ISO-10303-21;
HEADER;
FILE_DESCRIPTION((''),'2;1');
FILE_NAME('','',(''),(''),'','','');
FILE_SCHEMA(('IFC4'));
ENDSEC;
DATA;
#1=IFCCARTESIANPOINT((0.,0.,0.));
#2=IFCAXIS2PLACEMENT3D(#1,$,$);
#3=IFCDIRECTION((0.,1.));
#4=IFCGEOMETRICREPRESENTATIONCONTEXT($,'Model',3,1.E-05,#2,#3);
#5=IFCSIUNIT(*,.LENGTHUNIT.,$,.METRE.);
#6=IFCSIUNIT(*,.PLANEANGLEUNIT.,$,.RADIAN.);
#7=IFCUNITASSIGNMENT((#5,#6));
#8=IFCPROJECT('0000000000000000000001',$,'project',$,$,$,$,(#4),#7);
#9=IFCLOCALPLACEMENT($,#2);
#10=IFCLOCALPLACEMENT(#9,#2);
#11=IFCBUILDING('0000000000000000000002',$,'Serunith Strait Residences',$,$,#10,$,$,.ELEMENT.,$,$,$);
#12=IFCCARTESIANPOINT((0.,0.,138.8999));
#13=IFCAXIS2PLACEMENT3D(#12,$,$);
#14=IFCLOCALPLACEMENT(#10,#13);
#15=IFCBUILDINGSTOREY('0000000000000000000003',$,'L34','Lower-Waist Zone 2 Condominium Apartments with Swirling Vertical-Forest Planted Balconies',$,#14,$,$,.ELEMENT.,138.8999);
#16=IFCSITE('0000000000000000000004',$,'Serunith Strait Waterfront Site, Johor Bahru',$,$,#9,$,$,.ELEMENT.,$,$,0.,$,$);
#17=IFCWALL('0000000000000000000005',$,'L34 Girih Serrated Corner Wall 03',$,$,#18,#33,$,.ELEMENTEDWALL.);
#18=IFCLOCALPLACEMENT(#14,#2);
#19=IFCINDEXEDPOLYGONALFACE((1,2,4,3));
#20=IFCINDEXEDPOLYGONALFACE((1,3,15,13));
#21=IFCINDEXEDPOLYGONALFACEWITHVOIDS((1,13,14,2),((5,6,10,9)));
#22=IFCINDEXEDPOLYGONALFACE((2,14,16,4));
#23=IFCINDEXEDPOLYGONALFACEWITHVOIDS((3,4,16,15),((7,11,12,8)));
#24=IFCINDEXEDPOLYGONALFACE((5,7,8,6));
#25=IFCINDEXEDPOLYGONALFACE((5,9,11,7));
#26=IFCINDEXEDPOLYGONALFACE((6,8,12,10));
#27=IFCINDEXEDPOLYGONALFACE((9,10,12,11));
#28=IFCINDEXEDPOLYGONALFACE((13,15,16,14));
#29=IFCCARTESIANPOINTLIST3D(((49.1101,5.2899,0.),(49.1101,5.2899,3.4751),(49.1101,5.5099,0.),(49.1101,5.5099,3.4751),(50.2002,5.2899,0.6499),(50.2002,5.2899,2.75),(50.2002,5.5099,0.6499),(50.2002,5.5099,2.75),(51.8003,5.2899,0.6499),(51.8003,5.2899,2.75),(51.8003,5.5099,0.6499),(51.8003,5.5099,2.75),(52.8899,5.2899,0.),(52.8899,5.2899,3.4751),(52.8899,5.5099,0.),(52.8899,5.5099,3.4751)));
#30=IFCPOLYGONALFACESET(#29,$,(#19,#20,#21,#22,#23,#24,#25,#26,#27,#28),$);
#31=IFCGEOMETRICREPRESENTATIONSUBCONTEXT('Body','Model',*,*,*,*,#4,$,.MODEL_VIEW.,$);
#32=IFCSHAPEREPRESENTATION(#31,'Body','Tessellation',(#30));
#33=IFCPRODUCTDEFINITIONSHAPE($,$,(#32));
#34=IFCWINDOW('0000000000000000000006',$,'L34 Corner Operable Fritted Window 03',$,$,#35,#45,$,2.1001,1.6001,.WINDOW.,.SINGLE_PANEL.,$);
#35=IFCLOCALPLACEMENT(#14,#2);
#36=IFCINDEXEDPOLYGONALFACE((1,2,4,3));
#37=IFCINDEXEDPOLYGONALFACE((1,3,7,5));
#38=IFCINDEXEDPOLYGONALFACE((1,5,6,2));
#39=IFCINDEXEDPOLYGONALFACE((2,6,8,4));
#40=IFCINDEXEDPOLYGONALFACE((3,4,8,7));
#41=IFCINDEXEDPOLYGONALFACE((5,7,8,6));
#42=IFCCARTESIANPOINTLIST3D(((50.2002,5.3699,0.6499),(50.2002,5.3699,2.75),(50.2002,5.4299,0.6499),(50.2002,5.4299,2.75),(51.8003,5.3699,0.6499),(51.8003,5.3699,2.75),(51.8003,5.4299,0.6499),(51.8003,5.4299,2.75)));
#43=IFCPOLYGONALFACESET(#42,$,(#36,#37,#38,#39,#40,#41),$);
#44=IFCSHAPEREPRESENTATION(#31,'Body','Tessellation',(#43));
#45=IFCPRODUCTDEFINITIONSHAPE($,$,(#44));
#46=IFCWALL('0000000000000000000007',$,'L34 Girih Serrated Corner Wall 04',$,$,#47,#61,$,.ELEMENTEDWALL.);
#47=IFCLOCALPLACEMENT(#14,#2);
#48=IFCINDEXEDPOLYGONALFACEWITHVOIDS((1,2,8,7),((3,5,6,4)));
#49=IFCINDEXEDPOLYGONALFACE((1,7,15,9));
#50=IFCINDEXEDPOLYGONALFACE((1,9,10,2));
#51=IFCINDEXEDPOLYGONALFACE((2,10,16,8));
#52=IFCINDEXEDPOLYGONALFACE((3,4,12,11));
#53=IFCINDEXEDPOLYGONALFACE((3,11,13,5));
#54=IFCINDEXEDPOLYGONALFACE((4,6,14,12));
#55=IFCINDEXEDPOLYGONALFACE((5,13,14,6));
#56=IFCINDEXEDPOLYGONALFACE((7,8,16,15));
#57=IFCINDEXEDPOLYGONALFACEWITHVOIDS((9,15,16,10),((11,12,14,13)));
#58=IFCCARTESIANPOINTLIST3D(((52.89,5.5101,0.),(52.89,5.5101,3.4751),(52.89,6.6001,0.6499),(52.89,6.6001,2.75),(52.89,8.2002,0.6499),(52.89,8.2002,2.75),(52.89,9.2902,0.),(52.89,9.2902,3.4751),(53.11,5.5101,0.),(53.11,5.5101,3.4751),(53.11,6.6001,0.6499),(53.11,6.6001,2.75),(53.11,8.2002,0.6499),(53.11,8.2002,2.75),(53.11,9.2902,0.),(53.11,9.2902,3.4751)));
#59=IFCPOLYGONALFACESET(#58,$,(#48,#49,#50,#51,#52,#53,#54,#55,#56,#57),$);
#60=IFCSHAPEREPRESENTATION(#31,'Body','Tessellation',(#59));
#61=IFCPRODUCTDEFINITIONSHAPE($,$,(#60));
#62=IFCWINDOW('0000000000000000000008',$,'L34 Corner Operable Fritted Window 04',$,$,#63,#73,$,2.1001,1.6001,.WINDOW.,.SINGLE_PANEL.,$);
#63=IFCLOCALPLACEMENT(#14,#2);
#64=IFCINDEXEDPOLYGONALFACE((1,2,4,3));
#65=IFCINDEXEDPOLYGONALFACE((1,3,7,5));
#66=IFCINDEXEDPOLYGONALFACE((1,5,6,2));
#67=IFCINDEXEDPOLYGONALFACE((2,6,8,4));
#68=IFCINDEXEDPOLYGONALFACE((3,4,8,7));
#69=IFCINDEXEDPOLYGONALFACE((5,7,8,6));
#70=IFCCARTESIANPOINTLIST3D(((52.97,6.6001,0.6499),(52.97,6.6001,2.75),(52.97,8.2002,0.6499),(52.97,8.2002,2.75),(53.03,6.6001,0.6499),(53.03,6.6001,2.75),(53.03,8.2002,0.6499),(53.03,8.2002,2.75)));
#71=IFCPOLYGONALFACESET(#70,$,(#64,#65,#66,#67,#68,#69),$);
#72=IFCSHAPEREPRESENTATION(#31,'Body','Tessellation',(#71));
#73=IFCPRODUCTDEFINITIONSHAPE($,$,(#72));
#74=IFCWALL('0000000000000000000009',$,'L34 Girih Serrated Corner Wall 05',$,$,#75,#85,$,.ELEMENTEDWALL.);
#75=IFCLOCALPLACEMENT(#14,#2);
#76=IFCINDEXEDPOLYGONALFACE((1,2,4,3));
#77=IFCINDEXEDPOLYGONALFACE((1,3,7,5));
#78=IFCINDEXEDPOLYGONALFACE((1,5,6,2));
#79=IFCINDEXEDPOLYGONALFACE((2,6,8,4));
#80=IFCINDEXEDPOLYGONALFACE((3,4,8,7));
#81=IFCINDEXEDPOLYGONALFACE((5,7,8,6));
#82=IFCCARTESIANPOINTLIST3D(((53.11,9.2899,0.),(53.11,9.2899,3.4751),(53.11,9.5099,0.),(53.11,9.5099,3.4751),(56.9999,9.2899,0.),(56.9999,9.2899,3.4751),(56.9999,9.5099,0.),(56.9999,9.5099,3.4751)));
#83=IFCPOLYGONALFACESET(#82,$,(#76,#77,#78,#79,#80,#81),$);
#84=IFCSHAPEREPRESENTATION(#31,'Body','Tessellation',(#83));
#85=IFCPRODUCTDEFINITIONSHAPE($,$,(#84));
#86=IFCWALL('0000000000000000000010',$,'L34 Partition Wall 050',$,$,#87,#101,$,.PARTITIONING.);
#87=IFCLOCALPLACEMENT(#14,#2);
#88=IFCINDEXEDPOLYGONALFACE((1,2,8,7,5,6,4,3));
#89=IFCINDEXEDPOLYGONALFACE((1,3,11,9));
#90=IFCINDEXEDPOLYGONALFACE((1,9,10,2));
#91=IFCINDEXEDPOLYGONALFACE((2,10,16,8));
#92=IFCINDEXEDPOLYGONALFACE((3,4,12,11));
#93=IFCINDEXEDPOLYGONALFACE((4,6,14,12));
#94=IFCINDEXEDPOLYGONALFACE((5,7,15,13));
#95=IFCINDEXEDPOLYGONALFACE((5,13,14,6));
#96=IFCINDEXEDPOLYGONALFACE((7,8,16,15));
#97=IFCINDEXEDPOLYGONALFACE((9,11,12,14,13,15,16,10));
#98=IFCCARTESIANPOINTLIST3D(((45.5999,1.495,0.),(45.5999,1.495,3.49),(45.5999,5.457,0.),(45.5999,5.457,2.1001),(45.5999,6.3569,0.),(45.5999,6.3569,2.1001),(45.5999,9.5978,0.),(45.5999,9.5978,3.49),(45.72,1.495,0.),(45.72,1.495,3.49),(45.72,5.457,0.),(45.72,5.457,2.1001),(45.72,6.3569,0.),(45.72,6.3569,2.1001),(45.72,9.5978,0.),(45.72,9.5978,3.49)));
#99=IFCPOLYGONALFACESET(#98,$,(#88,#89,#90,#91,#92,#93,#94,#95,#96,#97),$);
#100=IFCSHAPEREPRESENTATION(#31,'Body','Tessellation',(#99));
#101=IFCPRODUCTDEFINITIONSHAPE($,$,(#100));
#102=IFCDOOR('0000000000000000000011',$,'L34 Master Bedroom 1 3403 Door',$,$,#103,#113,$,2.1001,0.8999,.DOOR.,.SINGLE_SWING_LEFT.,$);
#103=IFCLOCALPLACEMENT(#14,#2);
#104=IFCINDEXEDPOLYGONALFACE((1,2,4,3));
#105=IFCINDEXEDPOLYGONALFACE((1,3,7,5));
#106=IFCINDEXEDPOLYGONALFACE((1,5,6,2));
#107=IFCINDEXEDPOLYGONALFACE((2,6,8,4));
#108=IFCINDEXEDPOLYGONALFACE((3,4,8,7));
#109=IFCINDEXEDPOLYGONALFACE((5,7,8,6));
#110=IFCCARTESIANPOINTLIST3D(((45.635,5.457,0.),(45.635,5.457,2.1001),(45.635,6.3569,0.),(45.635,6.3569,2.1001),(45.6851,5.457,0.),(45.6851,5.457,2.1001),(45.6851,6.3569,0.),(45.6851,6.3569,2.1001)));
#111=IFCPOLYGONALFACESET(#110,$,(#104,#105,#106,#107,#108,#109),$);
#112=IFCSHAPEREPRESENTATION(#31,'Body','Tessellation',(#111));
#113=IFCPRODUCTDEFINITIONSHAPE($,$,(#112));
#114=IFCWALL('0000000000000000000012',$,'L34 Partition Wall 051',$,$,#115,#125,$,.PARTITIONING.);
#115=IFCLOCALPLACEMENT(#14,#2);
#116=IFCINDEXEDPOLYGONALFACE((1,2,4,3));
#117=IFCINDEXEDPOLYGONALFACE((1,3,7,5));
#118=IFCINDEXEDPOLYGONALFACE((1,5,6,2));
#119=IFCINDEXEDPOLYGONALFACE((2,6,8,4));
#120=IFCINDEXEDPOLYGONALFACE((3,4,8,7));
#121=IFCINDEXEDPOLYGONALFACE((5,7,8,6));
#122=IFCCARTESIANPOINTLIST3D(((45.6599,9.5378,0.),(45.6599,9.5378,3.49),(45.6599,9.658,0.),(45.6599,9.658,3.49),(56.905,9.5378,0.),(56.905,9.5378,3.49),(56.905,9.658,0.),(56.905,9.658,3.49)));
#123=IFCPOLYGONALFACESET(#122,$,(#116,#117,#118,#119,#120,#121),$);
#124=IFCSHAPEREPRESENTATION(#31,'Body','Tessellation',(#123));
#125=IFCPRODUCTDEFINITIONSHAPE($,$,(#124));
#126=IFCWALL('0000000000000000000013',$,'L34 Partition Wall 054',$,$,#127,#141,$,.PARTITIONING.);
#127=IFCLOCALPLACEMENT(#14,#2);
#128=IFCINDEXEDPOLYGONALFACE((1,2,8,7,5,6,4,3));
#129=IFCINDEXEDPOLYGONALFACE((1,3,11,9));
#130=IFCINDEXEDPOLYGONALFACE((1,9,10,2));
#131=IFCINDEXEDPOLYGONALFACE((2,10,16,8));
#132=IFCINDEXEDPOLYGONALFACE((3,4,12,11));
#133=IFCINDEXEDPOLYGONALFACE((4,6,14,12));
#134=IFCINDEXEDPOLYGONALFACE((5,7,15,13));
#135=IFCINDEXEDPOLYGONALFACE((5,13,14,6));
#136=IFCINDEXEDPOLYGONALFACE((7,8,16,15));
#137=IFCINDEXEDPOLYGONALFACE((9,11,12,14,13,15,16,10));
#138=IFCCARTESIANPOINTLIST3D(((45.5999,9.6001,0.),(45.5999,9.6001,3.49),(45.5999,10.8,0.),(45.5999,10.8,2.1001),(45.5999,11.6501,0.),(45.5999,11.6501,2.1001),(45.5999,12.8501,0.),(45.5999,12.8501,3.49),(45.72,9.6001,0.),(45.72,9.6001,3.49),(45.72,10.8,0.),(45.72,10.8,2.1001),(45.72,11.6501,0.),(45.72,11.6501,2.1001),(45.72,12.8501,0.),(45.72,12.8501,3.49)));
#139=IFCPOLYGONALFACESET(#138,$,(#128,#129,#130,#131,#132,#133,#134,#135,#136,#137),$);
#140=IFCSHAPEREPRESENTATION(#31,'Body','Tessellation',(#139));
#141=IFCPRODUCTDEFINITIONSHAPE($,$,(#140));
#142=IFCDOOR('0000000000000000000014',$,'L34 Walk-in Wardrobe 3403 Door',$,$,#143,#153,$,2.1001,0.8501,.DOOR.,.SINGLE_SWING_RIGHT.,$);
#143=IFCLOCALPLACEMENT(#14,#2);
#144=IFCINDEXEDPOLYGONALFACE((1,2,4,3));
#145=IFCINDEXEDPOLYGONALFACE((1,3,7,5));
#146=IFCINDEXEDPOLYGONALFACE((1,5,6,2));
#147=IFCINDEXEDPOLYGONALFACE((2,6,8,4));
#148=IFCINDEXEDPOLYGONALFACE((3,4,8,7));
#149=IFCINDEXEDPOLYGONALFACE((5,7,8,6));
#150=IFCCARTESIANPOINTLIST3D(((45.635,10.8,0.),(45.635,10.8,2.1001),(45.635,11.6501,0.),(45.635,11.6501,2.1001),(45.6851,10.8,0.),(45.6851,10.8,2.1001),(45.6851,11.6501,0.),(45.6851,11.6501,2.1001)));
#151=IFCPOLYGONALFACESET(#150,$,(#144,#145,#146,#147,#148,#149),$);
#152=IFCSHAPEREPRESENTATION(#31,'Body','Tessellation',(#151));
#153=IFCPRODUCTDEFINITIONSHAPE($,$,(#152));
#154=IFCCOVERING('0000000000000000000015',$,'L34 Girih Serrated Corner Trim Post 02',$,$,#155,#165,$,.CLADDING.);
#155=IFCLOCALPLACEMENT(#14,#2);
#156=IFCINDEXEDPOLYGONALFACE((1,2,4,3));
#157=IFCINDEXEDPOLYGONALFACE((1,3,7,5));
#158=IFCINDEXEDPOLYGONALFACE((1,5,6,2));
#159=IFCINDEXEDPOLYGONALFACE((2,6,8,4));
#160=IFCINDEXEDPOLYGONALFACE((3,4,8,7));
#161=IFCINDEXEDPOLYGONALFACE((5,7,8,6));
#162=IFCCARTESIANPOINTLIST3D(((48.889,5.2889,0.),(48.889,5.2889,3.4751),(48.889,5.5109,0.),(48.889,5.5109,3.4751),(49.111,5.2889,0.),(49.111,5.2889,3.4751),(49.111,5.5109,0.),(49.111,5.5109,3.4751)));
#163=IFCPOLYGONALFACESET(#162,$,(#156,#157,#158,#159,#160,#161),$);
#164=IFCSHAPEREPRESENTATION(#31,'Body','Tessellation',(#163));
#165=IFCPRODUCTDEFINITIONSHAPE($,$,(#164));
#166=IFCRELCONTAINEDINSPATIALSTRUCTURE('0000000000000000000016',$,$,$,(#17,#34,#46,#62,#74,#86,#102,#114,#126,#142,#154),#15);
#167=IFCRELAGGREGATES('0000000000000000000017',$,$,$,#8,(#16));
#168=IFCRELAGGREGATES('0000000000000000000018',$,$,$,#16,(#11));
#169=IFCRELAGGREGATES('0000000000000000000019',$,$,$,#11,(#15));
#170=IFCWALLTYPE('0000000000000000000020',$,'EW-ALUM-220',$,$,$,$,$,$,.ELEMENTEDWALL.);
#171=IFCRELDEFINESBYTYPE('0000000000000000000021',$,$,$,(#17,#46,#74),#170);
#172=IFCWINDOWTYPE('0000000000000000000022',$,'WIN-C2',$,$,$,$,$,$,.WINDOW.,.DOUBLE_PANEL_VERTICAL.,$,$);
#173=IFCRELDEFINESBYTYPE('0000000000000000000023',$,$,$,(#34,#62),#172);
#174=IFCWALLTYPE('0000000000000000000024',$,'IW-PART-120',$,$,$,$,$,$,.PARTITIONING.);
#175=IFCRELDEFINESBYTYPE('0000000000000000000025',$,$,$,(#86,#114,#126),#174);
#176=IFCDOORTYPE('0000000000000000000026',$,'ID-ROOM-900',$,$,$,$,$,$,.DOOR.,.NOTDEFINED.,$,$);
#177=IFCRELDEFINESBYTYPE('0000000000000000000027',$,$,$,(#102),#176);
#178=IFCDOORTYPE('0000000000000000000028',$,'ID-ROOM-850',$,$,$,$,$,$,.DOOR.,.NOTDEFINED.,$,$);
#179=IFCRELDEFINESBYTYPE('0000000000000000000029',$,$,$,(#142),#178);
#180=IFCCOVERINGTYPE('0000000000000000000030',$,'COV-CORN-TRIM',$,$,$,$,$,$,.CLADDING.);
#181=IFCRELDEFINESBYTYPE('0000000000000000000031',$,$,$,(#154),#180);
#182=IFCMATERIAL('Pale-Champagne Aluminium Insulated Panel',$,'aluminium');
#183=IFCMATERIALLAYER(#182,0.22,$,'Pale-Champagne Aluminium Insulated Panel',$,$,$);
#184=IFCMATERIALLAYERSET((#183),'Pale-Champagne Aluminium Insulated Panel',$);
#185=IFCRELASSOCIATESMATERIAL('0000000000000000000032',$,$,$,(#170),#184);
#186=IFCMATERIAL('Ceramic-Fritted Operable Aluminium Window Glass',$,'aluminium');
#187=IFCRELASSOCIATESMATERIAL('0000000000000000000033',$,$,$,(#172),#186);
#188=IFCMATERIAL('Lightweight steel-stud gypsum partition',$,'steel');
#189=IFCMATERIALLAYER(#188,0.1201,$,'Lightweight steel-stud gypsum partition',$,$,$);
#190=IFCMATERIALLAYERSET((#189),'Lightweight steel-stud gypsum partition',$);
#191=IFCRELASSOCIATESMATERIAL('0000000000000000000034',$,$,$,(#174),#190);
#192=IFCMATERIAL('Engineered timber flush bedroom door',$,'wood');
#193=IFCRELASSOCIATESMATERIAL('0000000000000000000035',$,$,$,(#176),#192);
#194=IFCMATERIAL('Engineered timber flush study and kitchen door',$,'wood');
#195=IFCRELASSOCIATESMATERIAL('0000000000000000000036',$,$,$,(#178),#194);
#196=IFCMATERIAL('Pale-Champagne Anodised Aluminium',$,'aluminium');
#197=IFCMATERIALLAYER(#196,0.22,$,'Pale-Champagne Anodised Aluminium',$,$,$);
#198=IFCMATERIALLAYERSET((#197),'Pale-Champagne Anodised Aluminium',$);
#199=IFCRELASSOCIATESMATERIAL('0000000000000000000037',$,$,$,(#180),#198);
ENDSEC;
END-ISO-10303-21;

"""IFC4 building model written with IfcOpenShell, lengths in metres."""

from ifc_helpers import new_model, si_unit, direction, frame, frame_2d, origin, origin_2d, place, context, subcontext, project, spatial, rectangle, extrude, source, transform, mapped, material, layer, layer_set, type_object, element, fill, save


model = new_model("IFC4")

# Units and contexts
model_context = context("Model", 3, precision=1e-05, world=origin(), true_north=direction((0.0, 1.0)))
body_context = subcontext(model_context, "Body", "Model", "MODEL_VIEW")
ifc_project = project(units=[si_unit("LENGTHUNIT", "METRE"), si_unit("PLANEANGLEUNIT", "RADIAN")], contexts=[model_context])

# Site, building, storey
site_placement = place(None, origin())
site = spatial("IfcSite", under=ifc_project, at=site_placement, Name="Serunith Strait Waterfront Site, Johor Bahru", CompositionType="ELEMENT", RefElevation=0.0)
building_placement = place(site_placement, origin())
building = spatial("IfcBuilding", under=site, at=building_placement, Name="Serunith Strait Residences", CompositionType="ELEMENT")
storey_placement = place(building_placement, frame((0.0, 0.0, 138.8999)))
storey = spatial("IfcBuildingStorey", under=building, at=storey_placement, Name="L34", Description="Lower-Waist Zone 2 Condominium Apartments with Swirling Vertical-Forest Planted Balconies", CompositionType="ELEMENT", Elevation=138.8999)

# Shared definitions
ifc_material_1 = material(Name="Pale-Champagne Anodised Aluminium", Category="aluminium")

# Walls, openings, windows
ifc_material_2 = material(Name="Pale-Champagne Aluminium Insulated Panel", Category="aluminium")
ifc_layer_1 = layer(ifc_material_2, 0.22, Name="Pale-Champagne Aluminium Insulated Panel")
ifc_layer_set_1 = layer_set([ifc_layer_1], Name="Pale-Champagne Aluminium Insulated Panel")
wall_type_1 = type_object("IfcWallType", Name="EW-ALUM-220", PredefinedType="ELEMENTEDWALL", material=ifc_layer_set_1)
ifc_material_3 = material(Name="Ceramic-Fritted Operable Aluminium Window Glass", Category="aluminium")
window_type = type_object("IfcWindowType", Name="WIN-C2", PartitioningType="DOUBLE_PANEL_VERTICAL", PredefinedType="WINDOW", material=ifc_material_3)
shared_shape_1 = source(origin(), body_context, "Body", "SweptSolid", [
    extrude(rectangle(XDim=1.6001, YDim=2.1001, at=frame_2d((0.8, 1.05))), frame((0.0, 0.03, 0.0), z_axis=(0.0, -1.0, 0.0), x_axis=(1.0, 0.0, 0.0)), (0.0, 0.0, 1.0), 0.0601),
])
wall_1_placement = place(storey_placement, frame((49.1101, 5.3999, 0.0), z_axis=(0.0, 0.0, 1.0), x_axis=(1.0, 0.0, 0.0)))
wall_1 = element("IfcWall", 1, at=wall_1_placement, inside=storey, type_object=wall_type_1, Name="L34 Girih Serrated Corner Wall 03", PredefinedType="ELEMENTEDWALL", context=body_context, shape_type="SweptSolid", body=[
    extrude(rectangle(XDim=3.7798, YDim=0.22, at=frame_2d((1.8899, 0.0))), origin(), (0.0, 0.0, 1.0), 3.4751),
])
opening_1_placement = place(wall_1_placement, frame((1.0901, 0.0, 0.6499)))
opening_1 = element("IfcOpeningElement", 2, at=opening_1_placement, cuts=wall_1, PredefinedType="OPENING", context=body_context, shape_type="SweptSolid", body=[
    extrude(rectangle(XDim=1.6001, YDim=2.1001, at=frame_2d((0.8, 1.05))), frame((0.0, 0.1201, 0.0), z_axis=(0.0, -1.0, 0.0), x_axis=(1.0, 0.0, 0.0)), (0.0, 0.0, 1.0), 0.24),
])
window_1_placement = place(opening_1_placement, origin())
window_1 = element("IfcWindow", 3, at=window_1_placement, inside=storey, type_object=window_type, Name="L34 Corner Operable Fritted Window 03", OverallHeight=2.1001, OverallWidth=1.6001, PartitioningType="SINGLE_PANEL", PredefinedType="WINDOW", context=body_context, shape_type="MappedRepresentation", body=[
    mapped(shared_shape_1, transform((0.0, 0.0, 0.0), scale=1.0)),
])
fill(opening_1, window_1)
wall_2_placement = place(storey_placement, frame((53.0, 5.51, 0.0), z_axis=(0.0, 0.0, 1.0), x_axis=(0.0, 1.0, 0.0)))
wall_2 = element("IfcWall", 4, at=wall_2_placement, inside=storey, type_object=wall_type_1, Name="L34 Girih Serrated Corner Wall 04", PredefinedType="ELEMENTEDWALL", context=body_context, shape_type="SweptSolid", body=[
    extrude(rectangle(XDim=3.78, YDim=0.22, at=frame_2d((1.8901, 0.0))), origin(), (0.0, 0.0, 1.0), 3.4751),
])
opening_2_placement = place(wall_2_placement, frame((1.0901, 0.0, 0.6499)))
opening_2 = element("IfcOpeningElement", 5, at=opening_2_placement, cuts=wall_2, PredefinedType="OPENING", context=body_context, shape_type="SweptSolid", body=[
    extrude(rectangle(XDim=1.6001, YDim=2.1001, at=frame_2d((0.8, 1.05))), frame((0.0, 0.1201, 0.0), z_axis=(0.0, -1.0, 0.0), x_axis=(1.0, 0.0, 0.0)), (0.0, 0.0, 1.0), 0.24),
])
window_2_placement = place(opening_2_placement, origin())
window_2 = element("IfcWindow", 6, at=window_2_placement, inside=storey, type_object=window_type, Name="L34 Corner Operable Fritted Window 04", OverallHeight=2.1001, OverallWidth=1.6001, PartitioningType="SINGLE_PANEL", PredefinedType="WINDOW", context=body_context, shape_type="MappedRepresentation", body=[
    mapped(shared_shape_1, transform((0.0, 0.0, 0.0), scale=1.0)),
])
fill(opening_2, window_2)

# Wall
wall_3_placement = place(storey_placement, frame((53.1101, 9.3999, 0.0), z_axis=(0.0, 0.0, 1.0), x_axis=(1.0, 0.0, 0.0)))
element("IfcWall", 7, at=wall_3_placement, inside=storey, type_object=wall_type_1, Name="L34 Girih Serrated Corner Wall 05", PredefinedType="ELEMENTEDWALL", context=body_context, shape_type="SweptSolid", body=[
    extrude(rectangle(XDim=3.8899, YDim=0.22, at=frame_2d((1.9448, 0.0))), origin(), (0.0, 0.0, 1.0), 3.4751),
])

# Wall, opening, door
ifc_material_4 = material(Name="Lightweight steel-stud gypsum partition", Category="steel")
ifc_layer_2 = layer(ifc_material_4, 0.1201, Name="Lightweight steel-stud gypsum partition")
ifc_layer_set_2 = layer_set([ifc_layer_2], Name="Lightweight steel-stud gypsum partition")
wall_type_2 = type_object("IfcWallType", Name="IW-PART-120", PredefinedType="PARTITIONING", material=ifc_layer_set_2)
wall_4_placement = place(storey_placement, frame((45.6599, 1.4951, 0.0), z_axis=(0.0, 0.0, 1.0), x_axis=(0.0, 1.0, 0.0)))
wall_4 = element("IfcWall", 8, at=wall_4_placement, inside=storey, type_object=wall_type_2, Name="L34 Partition Wall 050", PredefinedType="PARTITIONING", context=body_context, shape_type="SweptSolid", body=[
    extrude(rectangle(XDim=8.1028, YDim=0.1201, at=frame_2d((4.0513, 0.0))), origin(), (0.0, 0.0, 1.0), 3.49),
])
opening_3_placement = place(wall_4_placement, frame((3.9619, 0.0, 0.0)))
opening_3 = element("IfcOpeningElement", 9, at=opening_3_placement, cuts=wall_4, PredefinedType="OPENING", context=body_context, shape_type="SweptSolid", body=[
    extrude(rectangle(XDim=0.8999, YDim=2.1001, at=frame_2d((0.45, 1.05))), frame((0.0, 0.0701, 0.0), z_axis=(0.0, -1.0, 0.0), x_axis=(1.0, 0.0, 0.0)), (0.0, 0.0, 1.0), 0.1401),
])
ifc_material_5 = material(Name="Engineered timber flush bedroom door", Category="wood")
door_type_1 = type_object("IfcDoorType", Name="ID-ROOM-900", OperationType="NOTDEFINED", PredefinedType="DOOR", material=ifc_material_5)
shared_shape_2 = source(origin(), body_context, "Body", "SweptSolid", [
    extrude(rectangle(XDim=0.8999, YDim=2.1001, at=frame_2d((0.45, 1.05))), frame((0.0, 0.0249, 0.0), z_axis=(0.0, -1.0, 0.0), x_axis=(1.0, 0.0, 0.0)), (0.0, 0.0, 1.0), 0.05),
])
door_1_placement = place(opening_3_placement, origin())
door_1 = element("IfcDoor", 10, at=door_1_placement, inside=storey, type_object=door_type_1, Name="L34 Master Bedroom 1 3403 Door", OperationType="SINGLE_SWING_LEFT", OverallHeight=2.1001, OverallWidth=0.8999, PredefinedType="DOOR", context=body_context, shape_type="MappedRepresentation", body=[
    mapped(shared_shape_2, transform((0.0, 0.0, 0.0), scale=1.0)),
])
fill(opening_3, door_1)

# Wall
wall_5_placement = place(storey_placement, frame((45.6599, 9.5979, 0.0), z_axis=(0.0, 0.0, 1.0), x_axis=(1.0, 0.0, 0.0)))
element("IfcWall", 11, at=wall_5_placement, inside=storey, type_object=wall_type_2, Name="L34 Partition Wall 051", PredefinedType="PARTITIONING", context=body_context, shape_type="SweptSolid", body=[
    extrude(rectangle(XDim=11.2451, YDim=0.1201, at=frame_2d((5.6226, 0.0))), origin(), (0.0, 0.0, 1.0), 3.49),
])

# Wall, opening, door
wall_6_placement = place(storey_placement, frame((45.6599, 9.6001, 0.0), z_axis=(0.0, 0.0, 1.0), x_axis=(0.0, 1.0, 0.0)))
wall_6 = element("IfcWall", 12, at=wall_6_placement, inside=storey, type_object=wall_type_2, Name="L34 Partition Wall 054", PredefinedType="PARTITIONING", context=body_context, shape_type="SweptSolid", body=[
    extrude(rectangle(XDim=3.25, YDim=0.1201, at=frame_2d((1.625, 0.0))), origin(), (0.0, 0.0, 1.0), 3.49),
])
opening_4_placement = place(wall_6_placement, frame((1.2, 0.0, 0.0)))
opening_4 = element("IfcOpeningElement", 13, at=opening_4_placement, cuts=wall_6, PredefinedType="OPENING", context=body_context, shape_type="SweptSolid", body=[
    extrude(rectangle(XDim=0.8501, YDim=2.1001, at=frame_2d((0.425, 1.05))), frame((0.0, 0.0701, 0.0), z_axis=(0.0, -1.0, 0.0), x_axis=(1.0, 0.0, 0.0)), (0.0, 0.0, 1.0), 0.1401),
])
ifc_material_6 = material(Name="Engineered timber flush study and kitchen door", Category="wood")
door_type_2 = type_object("IfcDoorType", Name="ID-ROOM-850", OperationType="NOTDEFINED", PredefinedType="DOOR", material=ifc_material_6)
shared_shape_3 = source(origin(), body_context, "Body", "SweptSolid", [
    extrude(rectangle(XDim=0.8501, YDim=2.1001, at=frame_2d((0.425, 1.05))), frame((0.0, 0.0249, 0.0), z_axis=(0.0, -1.0, 0.0), x_axis=(1.0, 0.0, 0.0)), (0.0, 0.0, 1.0), 0.05),
])
door_2_placement = place(opening_4_placement, origin())
door_2 = element("IfcDoor", 14, at=door_2_placement, inside=storey, type_object=door_type_2, Name="L34 Walk-in Wardrobe 3403 Door", OperationType="SINGLE_SWING_RIGHT", OverallHeight=2.1001, OverallWidth=0.8501, PredefinedType="DOOR", context=body_context, shape_type="MappedRepresentation", body=[
    mapped(shared_shape_3, transform((0.0, 0.0, 0.0), scale=1.0)),
])
fill(opening_4, door_2)

# Covering
ifc_layer_3 = layer(ifc_material_1, 0.22, Name="Pale-Champagne Anodised Aluminium")
ifc_layer_set_3 = layer_set([ifc_layer_3], Name="Pale-Champagne Anodised Aluminium")
covering_type = type_object("IfcCoveringType", Name="COV-CORN-TRIM", PredefinedType="CLADDING", material=ifc_layer_set_3)
shared_shape_4 = source(origin(), body_context, "Body", "SweptSolid", [
    extrude(rectangle(XDim=0.2219, YDim=0.2219, at=origin_2d()), origin(), (0.0, 0.0, 1.0), 3.4751),
])
for number, where, z_axis, x_axis, name in (
    (15, (49.0, 5.3999, 0.0), (0.0, 0.0, 1.0), (1.0, 0.0, 0.0), "L34 Girih Serrated Corner Trim Post 02"),
):
    element("IfcCovering", number, at=place(storey_placement, frame(where, z_axis=z_axis, x_axis=x_axis)), inside=storey, type_object=covering_type, Name=name, PredefinedType="CLADDING", context=body_context, shape_type="MappedRepresentation", body=[
        mapped(shared_shape_4, transform((0.0, 0.0, 0.0), scale=1.0)),
    ])

save(model, "model.ifc")
